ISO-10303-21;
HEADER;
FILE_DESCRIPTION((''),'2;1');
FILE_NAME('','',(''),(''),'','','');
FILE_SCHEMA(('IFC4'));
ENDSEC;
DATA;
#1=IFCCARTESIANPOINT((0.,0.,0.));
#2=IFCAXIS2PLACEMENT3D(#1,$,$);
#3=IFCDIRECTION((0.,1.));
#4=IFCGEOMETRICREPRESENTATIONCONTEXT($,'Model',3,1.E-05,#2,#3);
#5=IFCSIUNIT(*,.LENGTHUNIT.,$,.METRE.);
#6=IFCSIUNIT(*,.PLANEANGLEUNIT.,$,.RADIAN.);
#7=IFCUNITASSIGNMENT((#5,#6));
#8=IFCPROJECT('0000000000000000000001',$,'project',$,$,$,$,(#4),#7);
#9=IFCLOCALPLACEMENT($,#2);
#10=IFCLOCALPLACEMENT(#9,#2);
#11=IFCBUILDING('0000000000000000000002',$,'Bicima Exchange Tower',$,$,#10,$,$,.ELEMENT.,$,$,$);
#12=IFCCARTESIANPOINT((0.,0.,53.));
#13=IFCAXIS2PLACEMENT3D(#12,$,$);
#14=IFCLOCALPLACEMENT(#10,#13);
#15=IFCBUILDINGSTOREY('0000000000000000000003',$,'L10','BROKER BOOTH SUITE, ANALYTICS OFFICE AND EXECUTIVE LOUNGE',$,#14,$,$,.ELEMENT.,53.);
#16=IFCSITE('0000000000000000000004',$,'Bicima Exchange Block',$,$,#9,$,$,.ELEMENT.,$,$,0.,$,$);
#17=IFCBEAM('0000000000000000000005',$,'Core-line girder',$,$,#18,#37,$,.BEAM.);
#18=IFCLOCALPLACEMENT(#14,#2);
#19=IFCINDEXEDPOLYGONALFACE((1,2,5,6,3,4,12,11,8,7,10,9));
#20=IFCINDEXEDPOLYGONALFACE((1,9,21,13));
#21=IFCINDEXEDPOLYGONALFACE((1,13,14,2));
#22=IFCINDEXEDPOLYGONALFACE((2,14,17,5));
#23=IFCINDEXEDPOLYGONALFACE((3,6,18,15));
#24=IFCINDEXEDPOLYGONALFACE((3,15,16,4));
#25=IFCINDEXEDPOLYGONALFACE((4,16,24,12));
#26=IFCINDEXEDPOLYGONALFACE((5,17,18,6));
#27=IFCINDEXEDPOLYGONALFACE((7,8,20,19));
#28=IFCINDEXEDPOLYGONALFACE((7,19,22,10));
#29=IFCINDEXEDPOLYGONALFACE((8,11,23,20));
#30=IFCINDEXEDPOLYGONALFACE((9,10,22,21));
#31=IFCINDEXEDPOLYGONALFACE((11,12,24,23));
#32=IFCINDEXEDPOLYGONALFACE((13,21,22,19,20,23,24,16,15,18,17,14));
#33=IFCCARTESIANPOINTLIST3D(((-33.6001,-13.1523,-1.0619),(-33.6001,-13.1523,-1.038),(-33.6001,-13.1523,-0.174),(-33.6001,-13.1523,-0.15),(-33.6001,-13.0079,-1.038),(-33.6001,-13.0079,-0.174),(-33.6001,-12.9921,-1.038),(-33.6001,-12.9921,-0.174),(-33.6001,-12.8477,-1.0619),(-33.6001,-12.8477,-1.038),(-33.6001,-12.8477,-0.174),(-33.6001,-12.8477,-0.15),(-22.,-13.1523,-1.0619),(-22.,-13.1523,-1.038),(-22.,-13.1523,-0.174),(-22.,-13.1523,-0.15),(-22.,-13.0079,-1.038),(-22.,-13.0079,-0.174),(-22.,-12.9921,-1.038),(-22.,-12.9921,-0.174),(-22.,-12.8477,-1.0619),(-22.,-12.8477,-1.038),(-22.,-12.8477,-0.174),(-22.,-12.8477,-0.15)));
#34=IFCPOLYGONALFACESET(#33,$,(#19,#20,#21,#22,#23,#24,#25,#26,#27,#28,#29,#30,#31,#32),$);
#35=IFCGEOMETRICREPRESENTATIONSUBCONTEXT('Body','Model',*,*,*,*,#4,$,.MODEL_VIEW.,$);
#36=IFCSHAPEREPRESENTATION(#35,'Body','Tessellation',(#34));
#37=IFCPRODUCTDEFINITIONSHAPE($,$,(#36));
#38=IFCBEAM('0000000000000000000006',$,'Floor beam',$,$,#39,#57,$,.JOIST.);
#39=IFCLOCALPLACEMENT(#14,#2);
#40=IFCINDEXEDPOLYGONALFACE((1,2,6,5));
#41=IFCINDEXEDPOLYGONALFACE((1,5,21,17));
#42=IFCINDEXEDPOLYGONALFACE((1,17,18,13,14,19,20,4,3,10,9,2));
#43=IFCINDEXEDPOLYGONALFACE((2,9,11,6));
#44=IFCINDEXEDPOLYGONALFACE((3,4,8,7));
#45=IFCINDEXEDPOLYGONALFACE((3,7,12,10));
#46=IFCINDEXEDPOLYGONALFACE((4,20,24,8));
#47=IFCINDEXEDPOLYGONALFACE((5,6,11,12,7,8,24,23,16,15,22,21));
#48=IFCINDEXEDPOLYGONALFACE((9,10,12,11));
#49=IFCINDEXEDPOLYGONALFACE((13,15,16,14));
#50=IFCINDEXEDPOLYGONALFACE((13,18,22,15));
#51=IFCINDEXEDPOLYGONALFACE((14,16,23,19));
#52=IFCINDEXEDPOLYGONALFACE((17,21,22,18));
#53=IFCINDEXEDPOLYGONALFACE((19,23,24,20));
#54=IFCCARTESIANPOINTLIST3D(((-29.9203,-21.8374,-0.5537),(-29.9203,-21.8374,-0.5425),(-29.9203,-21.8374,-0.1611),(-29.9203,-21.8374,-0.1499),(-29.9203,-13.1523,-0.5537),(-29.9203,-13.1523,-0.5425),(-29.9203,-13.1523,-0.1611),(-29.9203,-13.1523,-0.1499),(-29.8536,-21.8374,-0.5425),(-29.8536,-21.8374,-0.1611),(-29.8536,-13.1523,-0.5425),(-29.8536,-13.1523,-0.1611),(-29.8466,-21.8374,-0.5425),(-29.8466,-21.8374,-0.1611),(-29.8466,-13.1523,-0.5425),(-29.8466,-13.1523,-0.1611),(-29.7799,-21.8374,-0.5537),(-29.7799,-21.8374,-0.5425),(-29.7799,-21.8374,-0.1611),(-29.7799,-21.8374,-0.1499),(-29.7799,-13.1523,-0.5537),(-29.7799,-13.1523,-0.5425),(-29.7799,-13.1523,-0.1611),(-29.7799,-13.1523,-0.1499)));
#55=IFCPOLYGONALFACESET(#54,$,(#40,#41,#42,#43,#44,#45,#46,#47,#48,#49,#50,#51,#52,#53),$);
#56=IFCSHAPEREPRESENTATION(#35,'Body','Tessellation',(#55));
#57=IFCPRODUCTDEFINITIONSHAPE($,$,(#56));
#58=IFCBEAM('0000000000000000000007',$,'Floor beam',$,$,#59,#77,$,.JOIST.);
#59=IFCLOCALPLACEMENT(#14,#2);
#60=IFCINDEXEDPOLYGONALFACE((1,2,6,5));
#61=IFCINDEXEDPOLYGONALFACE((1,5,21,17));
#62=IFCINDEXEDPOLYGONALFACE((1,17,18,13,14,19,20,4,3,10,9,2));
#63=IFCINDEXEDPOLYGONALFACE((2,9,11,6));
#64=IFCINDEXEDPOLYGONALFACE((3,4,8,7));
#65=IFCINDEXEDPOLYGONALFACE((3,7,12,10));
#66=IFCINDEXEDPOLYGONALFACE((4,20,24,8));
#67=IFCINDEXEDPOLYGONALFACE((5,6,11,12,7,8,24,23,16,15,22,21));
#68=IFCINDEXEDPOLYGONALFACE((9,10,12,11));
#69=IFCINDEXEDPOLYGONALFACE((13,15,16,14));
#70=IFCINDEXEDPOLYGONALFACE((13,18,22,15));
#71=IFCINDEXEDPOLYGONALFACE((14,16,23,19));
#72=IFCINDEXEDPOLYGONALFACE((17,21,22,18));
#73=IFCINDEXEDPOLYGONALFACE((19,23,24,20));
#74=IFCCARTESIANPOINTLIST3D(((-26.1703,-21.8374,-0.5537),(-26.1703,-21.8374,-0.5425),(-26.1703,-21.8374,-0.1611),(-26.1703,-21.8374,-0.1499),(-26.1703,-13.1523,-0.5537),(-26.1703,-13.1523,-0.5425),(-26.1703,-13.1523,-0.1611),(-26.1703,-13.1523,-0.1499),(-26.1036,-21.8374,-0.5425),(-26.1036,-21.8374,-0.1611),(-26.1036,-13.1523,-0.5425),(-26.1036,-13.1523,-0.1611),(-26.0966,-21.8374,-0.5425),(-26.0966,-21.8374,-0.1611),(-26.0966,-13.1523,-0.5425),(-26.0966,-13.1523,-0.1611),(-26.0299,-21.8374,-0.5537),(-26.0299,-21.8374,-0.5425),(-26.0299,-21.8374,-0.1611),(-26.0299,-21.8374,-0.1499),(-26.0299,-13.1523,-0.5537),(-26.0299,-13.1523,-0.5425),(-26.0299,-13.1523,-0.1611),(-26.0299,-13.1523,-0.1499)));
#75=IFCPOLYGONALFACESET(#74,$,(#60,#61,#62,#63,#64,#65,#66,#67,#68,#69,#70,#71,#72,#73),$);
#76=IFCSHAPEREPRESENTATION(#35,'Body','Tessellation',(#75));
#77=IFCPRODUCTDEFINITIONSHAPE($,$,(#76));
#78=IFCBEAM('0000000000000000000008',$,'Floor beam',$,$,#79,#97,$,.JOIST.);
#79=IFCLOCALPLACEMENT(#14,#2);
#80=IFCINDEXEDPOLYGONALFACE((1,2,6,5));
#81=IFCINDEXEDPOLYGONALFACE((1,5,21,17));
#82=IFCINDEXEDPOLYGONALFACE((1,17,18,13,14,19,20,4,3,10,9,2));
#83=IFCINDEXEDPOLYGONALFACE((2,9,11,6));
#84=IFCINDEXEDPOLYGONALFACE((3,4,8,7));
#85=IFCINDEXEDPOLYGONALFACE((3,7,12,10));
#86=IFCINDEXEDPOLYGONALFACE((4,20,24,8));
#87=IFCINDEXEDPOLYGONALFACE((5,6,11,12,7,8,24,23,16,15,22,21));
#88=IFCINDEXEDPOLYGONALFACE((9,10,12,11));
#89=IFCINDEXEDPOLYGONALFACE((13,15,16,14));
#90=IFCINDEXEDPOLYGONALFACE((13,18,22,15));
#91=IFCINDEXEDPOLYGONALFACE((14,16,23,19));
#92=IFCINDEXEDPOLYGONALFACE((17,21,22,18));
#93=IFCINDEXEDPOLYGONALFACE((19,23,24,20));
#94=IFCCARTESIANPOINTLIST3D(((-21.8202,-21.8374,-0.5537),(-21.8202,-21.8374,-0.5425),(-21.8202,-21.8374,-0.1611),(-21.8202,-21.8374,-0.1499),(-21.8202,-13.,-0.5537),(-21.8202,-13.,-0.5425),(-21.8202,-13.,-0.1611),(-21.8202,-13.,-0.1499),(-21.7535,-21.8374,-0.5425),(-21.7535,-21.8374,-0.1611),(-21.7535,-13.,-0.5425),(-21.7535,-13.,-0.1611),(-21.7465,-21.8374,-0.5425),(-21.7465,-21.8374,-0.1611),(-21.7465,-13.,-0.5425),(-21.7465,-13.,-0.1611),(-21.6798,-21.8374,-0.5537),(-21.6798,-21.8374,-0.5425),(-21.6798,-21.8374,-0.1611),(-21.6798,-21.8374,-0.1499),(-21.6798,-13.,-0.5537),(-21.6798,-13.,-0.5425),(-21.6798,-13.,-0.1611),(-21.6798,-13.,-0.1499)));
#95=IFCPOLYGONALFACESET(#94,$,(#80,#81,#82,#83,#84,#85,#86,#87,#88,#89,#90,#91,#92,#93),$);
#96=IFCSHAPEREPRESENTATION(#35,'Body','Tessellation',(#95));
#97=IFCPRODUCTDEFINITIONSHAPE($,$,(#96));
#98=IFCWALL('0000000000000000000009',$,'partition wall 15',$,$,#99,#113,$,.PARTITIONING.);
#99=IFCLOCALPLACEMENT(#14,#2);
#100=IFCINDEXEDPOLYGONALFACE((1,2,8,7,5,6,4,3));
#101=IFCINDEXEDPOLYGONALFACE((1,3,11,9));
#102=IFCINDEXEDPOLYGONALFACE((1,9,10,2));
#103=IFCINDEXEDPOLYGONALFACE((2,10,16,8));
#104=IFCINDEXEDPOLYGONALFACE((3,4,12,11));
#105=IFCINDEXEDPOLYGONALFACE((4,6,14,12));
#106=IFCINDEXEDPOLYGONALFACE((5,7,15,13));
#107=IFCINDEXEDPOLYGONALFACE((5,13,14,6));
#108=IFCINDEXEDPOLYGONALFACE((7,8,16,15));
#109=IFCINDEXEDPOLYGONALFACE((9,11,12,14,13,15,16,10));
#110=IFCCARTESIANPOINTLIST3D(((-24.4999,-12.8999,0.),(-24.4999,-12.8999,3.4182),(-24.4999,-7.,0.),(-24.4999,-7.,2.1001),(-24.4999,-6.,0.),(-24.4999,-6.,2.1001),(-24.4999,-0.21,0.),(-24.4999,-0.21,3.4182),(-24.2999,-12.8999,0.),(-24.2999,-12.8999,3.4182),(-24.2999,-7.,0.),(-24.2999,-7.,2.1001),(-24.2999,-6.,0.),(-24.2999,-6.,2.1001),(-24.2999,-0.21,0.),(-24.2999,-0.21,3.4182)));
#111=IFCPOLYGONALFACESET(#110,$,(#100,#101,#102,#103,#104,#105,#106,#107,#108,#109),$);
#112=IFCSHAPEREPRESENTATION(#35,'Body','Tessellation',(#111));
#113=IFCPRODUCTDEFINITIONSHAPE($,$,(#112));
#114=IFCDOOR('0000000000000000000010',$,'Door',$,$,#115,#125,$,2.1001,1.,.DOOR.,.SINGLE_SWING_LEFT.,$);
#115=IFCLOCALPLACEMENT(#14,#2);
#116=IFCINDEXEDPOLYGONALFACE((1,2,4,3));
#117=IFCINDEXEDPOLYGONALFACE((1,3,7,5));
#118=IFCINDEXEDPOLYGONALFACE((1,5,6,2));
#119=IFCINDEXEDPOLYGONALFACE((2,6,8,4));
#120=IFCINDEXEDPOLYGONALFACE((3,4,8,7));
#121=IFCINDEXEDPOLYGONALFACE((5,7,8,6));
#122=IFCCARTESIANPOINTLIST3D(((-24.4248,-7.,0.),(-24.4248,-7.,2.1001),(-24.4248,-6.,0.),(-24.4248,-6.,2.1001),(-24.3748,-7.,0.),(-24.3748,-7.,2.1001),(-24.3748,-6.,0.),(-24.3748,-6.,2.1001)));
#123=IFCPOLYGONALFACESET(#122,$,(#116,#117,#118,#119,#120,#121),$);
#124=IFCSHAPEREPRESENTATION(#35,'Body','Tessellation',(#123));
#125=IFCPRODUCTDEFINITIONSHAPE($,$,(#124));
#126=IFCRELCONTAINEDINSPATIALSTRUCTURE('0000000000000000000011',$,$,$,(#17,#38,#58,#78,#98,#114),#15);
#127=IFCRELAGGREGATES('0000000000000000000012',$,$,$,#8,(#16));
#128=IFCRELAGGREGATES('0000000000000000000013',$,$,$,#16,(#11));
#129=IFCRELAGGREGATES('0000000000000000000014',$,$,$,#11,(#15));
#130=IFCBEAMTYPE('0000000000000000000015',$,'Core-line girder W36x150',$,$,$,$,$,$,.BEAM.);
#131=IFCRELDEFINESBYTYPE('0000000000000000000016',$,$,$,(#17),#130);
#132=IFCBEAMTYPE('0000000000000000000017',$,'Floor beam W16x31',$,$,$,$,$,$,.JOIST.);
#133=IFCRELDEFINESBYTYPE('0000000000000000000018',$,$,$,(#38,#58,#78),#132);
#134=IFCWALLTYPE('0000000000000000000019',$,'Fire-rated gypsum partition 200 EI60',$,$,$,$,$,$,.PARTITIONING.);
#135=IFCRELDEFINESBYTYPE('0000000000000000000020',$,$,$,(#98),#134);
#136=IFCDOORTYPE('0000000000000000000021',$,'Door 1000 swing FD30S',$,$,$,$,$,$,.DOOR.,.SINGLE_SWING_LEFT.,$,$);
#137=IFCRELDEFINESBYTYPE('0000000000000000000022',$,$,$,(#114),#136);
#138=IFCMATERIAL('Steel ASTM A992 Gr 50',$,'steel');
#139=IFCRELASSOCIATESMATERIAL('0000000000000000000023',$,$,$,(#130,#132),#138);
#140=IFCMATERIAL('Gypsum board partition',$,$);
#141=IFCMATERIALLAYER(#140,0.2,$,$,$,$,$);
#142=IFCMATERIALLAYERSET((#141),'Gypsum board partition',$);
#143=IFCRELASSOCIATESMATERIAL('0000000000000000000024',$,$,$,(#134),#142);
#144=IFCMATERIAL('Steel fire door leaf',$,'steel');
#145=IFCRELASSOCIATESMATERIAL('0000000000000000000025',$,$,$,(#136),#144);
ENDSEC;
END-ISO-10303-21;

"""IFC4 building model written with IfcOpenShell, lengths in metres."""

from ifc_helpers import new_model, si_unit, direction, frame, frame_2d, origin, origin_2d, place, context, subcontext, project, spatial, rectangle, i_section, extrude, material, layer, layer_set, material_profile, profile_set, type_object, element, fill, save


model = new_model("IFC4")

# Units and contexts
model_context = context("Model", 3, precision=1e-05, world=origin(), true_north=direction((0.0, 1.0)))
body_context = subcontext(model_context, "Body", "Model", "MODEL_VIEW")
ifc_project = project(units=[si_unit("LENGTHUNIT", "METRE"), si_unit("PLANEANGLEUNIT", "RADIAN")], contexts=[model_context])

# Site, building, storey
site_placement = place(None, origin())
site = spatial("IfcSite", under=ifc_project, at=site_placement, Name="Bicima Exchange Block", CompositionType="ELEMENT", RefElevation=0.0)
building_placement = place(site_placement, origin())
building = spatial("IfcBuilding", under=site, at=building_placement, Name="Bicima Exchange Tower", CompositionType="ELEMENT")
storey_placement = place(building_placement, frame((0.0, 0.0, 53.0)))
storey = spatial("IfcBuildingStorey", under=building, at=storey_placement, Name="L10", Description="BROKER BOOTH SUITE, ANALYTICS OFFICE AND EXECUTIVE LOUNGE", CompositionType="ELEMENT", Elevation=53.0)

# Beams
ifc_material_1 = material(Name="Steel ASTM A992 Gr 50", Category="steel")
ifc_material_profile_1 = material_profile(ifc_material_1, i_section(OverallWidth=0.3047, OverallDepth=0.9119, WebThickness=0.0159, FlangeThickness=0.0239, at=origin_2d()))
ifc_profile_set_1 = profile_set([ifc_material_profile_1], Name="Steel ASTM A992 Gr 50")
beam_type_1 = type_object("IfcBeamType", Name="Core-line girder W36x150", PredefinedType="BEAM", material=ifc_profile_set_1)
beam_1_placement = place(storey_placement, frame((-22.0, -13.0, -0.606), z_axis=(-1.0, 0.0, 0.0), x_axis=(0.0, -1.0, 0.0)))
element("IfcBeam", 1, at=beam_1_placement, inside=storey, type_object=beam_type_1, Name="Core-line girder", PredefinedType="BEAM", context=body_context, shape_type="SweptSolid", body=[
    extrude(i_section(OverallWidth=0.3047, OverallDepth=0.9119, WebThickness=0.0159, FlangeThickness=0.0239, at=origin_2d()), origin(), (0.0, 0.0, 1.0), 11.6001),
])
ifc_material_profile_2 = material_profile(ifc_material_1, i_section(OverallWidth=0.1404, OverallDepth=0.4038, WebThickness=0.0071, FlangeThickness=0.0112, at=origin_2d()))
ifc_profile_set_2 = profile_set([ifc_material_profile_2], Name="Steel ASTM A992 Gr 50")
beam_type_2 = type_object("IfcBeamType", Name="Floor beam W16x31", PredefinedType="JOIST", material=ifc_profile_set_2)
for number, where, z_axis, x_axis, name in (
    (2, (-29.8501, -13.1523, -0.3518), (0.0, -1.0, 0.0), (1.0, 0.0, 0.0), "Floor beam"),
    (3, (-26.1001, -13.1523, -0.3518), (0.0, -1.0, 0.0), (1.0, 0.0, 0.0), "Floor beam"),
):
    element("IfcBeam", number, at=place(storey_placement, frame(where, z_axis=z_axis, x_axis=x_axis)), inside=storey, type_object=beam_type_2, Name=name, PredefinedType="JOIST", context=body_context, shape_type="SweptSolid", body=[
        extrude(i_section(OverallWidth=0.1404, OverallDepth=0.4038, WebThickness=0.0071, FlangeThickness=0.0112, at=origin_2d()), origin(), (0.0, 0.0, 1.0), 8.6851),
    ])
beam_2_placement = place(storey_placement, frame((-21.75, -13.0, -0.3518), z_axis=(0.0, -1.0, 0.0), x_axis=(1.0, 0.0, 0.0)))
element("IfcBeam", 4, at=beam_2_placement, inside=storey, type_object=beam_type_2, Name="Floor beam", PredefinedType="JOIST", context=body_context, shape_type="SweptSolid", body=[
    extrude(i_section(OverallWidth=0.1404, OverallDepth=0.4038, WebThickness=0.0071, FlangeThickness=0.0112, at=origin_2d()), origin(), (0.0, 0.0, 1.0), 8.8374),
])

# Wall, opening, door
ifc_material_2 = material(Name="Gypsum board partition")
ifc_layer_1 = layer(ifc_material_2, 0.2)
ifc_layer_set_1 = layer_set([ifc_layer_1], Name="Gypsum board partition")
wall_type_1 = type_object("IfcWallType", Name="Fire-rated gypsum partition 200 EI60", PredefinedType="PARTITIONING", material=ifc_layer_set_1)
wall_1_placement = place(storey_placement, frame((-24.3999, -12.8999, 0.0), z_axis=(0.0, 0.0, 1.0), x_axis=(0.0, 1.0, 0.0)))
wall_1 = element("IfcWall", 5, at=wall_1_placement, inside=storey, type_object=wall_type_1, Name="partition wall 15", PredefinedType="PARTITIONING", context=body_context, shape_type="SweptSolid", body=[
    extrude(rectangle(XDim=12.6899, YDim=0.2, at=frame_2d((6.345, 0.0))), origin(), (0.0, 0.0, 1.0), 3.4182),
])
opening_1_placement = place(wall_1_placement, frame((5.8999, 0.0, 0.0)))
opening_1 = element("IfcOpeningElement", 6, at=opening_1_placement, cuts=wall_1, PredefinedType="OPENING", context=body_context, shape_type="SweptSolid", body=[
    extrude(rectangle(XDim=1.0, YDim=2.1001, at=frame_2d((0.5, 1.05))), frame((0.0, 0.1118, 0.0), z_axis=(0.0, -1.0, 0.0), x_axis=(1.0, 0.0, 0.0)), (0.0, 0.0, 1.0), 0.2239),
])
ifc_material_3 = material(Name="Steel fire door leaf", Category="steel")
door_type_1 = type_object("IfcDoorType", Name="Door 1000 swing FD30S", OperationType="SINGLE_SWING_LEFT", PredefinedType="DOOR", material=ifc_material_3)
door_1_placement = place(opening_1_placement, origin())
door_1 = element("IfcDoor", 7, at=door_1_placement, inside=storey, type_object=door_type_1, Name="Door", OperationType="SINGLE_SWING_LEFT", OverallHeight=2.1001, OverallWidth=1.0, PredefinedType="DOOR", context=body_context, shape_type="SweptSolid", body=[
    extrude(rectangle(XDim=1.0, YDim=2.1001, at=frame_2d((0.5, 1.05))), frame((0.0, 0.0249, 0.0), z_axis=(0.0, -1.0, 0.0), x_axis=(1.0, 0.0, 0.0)), (0.0, 0.0, 1.0), 0.05),
])
fill(opening_1, door_1)

save(model, "model.ifc")
